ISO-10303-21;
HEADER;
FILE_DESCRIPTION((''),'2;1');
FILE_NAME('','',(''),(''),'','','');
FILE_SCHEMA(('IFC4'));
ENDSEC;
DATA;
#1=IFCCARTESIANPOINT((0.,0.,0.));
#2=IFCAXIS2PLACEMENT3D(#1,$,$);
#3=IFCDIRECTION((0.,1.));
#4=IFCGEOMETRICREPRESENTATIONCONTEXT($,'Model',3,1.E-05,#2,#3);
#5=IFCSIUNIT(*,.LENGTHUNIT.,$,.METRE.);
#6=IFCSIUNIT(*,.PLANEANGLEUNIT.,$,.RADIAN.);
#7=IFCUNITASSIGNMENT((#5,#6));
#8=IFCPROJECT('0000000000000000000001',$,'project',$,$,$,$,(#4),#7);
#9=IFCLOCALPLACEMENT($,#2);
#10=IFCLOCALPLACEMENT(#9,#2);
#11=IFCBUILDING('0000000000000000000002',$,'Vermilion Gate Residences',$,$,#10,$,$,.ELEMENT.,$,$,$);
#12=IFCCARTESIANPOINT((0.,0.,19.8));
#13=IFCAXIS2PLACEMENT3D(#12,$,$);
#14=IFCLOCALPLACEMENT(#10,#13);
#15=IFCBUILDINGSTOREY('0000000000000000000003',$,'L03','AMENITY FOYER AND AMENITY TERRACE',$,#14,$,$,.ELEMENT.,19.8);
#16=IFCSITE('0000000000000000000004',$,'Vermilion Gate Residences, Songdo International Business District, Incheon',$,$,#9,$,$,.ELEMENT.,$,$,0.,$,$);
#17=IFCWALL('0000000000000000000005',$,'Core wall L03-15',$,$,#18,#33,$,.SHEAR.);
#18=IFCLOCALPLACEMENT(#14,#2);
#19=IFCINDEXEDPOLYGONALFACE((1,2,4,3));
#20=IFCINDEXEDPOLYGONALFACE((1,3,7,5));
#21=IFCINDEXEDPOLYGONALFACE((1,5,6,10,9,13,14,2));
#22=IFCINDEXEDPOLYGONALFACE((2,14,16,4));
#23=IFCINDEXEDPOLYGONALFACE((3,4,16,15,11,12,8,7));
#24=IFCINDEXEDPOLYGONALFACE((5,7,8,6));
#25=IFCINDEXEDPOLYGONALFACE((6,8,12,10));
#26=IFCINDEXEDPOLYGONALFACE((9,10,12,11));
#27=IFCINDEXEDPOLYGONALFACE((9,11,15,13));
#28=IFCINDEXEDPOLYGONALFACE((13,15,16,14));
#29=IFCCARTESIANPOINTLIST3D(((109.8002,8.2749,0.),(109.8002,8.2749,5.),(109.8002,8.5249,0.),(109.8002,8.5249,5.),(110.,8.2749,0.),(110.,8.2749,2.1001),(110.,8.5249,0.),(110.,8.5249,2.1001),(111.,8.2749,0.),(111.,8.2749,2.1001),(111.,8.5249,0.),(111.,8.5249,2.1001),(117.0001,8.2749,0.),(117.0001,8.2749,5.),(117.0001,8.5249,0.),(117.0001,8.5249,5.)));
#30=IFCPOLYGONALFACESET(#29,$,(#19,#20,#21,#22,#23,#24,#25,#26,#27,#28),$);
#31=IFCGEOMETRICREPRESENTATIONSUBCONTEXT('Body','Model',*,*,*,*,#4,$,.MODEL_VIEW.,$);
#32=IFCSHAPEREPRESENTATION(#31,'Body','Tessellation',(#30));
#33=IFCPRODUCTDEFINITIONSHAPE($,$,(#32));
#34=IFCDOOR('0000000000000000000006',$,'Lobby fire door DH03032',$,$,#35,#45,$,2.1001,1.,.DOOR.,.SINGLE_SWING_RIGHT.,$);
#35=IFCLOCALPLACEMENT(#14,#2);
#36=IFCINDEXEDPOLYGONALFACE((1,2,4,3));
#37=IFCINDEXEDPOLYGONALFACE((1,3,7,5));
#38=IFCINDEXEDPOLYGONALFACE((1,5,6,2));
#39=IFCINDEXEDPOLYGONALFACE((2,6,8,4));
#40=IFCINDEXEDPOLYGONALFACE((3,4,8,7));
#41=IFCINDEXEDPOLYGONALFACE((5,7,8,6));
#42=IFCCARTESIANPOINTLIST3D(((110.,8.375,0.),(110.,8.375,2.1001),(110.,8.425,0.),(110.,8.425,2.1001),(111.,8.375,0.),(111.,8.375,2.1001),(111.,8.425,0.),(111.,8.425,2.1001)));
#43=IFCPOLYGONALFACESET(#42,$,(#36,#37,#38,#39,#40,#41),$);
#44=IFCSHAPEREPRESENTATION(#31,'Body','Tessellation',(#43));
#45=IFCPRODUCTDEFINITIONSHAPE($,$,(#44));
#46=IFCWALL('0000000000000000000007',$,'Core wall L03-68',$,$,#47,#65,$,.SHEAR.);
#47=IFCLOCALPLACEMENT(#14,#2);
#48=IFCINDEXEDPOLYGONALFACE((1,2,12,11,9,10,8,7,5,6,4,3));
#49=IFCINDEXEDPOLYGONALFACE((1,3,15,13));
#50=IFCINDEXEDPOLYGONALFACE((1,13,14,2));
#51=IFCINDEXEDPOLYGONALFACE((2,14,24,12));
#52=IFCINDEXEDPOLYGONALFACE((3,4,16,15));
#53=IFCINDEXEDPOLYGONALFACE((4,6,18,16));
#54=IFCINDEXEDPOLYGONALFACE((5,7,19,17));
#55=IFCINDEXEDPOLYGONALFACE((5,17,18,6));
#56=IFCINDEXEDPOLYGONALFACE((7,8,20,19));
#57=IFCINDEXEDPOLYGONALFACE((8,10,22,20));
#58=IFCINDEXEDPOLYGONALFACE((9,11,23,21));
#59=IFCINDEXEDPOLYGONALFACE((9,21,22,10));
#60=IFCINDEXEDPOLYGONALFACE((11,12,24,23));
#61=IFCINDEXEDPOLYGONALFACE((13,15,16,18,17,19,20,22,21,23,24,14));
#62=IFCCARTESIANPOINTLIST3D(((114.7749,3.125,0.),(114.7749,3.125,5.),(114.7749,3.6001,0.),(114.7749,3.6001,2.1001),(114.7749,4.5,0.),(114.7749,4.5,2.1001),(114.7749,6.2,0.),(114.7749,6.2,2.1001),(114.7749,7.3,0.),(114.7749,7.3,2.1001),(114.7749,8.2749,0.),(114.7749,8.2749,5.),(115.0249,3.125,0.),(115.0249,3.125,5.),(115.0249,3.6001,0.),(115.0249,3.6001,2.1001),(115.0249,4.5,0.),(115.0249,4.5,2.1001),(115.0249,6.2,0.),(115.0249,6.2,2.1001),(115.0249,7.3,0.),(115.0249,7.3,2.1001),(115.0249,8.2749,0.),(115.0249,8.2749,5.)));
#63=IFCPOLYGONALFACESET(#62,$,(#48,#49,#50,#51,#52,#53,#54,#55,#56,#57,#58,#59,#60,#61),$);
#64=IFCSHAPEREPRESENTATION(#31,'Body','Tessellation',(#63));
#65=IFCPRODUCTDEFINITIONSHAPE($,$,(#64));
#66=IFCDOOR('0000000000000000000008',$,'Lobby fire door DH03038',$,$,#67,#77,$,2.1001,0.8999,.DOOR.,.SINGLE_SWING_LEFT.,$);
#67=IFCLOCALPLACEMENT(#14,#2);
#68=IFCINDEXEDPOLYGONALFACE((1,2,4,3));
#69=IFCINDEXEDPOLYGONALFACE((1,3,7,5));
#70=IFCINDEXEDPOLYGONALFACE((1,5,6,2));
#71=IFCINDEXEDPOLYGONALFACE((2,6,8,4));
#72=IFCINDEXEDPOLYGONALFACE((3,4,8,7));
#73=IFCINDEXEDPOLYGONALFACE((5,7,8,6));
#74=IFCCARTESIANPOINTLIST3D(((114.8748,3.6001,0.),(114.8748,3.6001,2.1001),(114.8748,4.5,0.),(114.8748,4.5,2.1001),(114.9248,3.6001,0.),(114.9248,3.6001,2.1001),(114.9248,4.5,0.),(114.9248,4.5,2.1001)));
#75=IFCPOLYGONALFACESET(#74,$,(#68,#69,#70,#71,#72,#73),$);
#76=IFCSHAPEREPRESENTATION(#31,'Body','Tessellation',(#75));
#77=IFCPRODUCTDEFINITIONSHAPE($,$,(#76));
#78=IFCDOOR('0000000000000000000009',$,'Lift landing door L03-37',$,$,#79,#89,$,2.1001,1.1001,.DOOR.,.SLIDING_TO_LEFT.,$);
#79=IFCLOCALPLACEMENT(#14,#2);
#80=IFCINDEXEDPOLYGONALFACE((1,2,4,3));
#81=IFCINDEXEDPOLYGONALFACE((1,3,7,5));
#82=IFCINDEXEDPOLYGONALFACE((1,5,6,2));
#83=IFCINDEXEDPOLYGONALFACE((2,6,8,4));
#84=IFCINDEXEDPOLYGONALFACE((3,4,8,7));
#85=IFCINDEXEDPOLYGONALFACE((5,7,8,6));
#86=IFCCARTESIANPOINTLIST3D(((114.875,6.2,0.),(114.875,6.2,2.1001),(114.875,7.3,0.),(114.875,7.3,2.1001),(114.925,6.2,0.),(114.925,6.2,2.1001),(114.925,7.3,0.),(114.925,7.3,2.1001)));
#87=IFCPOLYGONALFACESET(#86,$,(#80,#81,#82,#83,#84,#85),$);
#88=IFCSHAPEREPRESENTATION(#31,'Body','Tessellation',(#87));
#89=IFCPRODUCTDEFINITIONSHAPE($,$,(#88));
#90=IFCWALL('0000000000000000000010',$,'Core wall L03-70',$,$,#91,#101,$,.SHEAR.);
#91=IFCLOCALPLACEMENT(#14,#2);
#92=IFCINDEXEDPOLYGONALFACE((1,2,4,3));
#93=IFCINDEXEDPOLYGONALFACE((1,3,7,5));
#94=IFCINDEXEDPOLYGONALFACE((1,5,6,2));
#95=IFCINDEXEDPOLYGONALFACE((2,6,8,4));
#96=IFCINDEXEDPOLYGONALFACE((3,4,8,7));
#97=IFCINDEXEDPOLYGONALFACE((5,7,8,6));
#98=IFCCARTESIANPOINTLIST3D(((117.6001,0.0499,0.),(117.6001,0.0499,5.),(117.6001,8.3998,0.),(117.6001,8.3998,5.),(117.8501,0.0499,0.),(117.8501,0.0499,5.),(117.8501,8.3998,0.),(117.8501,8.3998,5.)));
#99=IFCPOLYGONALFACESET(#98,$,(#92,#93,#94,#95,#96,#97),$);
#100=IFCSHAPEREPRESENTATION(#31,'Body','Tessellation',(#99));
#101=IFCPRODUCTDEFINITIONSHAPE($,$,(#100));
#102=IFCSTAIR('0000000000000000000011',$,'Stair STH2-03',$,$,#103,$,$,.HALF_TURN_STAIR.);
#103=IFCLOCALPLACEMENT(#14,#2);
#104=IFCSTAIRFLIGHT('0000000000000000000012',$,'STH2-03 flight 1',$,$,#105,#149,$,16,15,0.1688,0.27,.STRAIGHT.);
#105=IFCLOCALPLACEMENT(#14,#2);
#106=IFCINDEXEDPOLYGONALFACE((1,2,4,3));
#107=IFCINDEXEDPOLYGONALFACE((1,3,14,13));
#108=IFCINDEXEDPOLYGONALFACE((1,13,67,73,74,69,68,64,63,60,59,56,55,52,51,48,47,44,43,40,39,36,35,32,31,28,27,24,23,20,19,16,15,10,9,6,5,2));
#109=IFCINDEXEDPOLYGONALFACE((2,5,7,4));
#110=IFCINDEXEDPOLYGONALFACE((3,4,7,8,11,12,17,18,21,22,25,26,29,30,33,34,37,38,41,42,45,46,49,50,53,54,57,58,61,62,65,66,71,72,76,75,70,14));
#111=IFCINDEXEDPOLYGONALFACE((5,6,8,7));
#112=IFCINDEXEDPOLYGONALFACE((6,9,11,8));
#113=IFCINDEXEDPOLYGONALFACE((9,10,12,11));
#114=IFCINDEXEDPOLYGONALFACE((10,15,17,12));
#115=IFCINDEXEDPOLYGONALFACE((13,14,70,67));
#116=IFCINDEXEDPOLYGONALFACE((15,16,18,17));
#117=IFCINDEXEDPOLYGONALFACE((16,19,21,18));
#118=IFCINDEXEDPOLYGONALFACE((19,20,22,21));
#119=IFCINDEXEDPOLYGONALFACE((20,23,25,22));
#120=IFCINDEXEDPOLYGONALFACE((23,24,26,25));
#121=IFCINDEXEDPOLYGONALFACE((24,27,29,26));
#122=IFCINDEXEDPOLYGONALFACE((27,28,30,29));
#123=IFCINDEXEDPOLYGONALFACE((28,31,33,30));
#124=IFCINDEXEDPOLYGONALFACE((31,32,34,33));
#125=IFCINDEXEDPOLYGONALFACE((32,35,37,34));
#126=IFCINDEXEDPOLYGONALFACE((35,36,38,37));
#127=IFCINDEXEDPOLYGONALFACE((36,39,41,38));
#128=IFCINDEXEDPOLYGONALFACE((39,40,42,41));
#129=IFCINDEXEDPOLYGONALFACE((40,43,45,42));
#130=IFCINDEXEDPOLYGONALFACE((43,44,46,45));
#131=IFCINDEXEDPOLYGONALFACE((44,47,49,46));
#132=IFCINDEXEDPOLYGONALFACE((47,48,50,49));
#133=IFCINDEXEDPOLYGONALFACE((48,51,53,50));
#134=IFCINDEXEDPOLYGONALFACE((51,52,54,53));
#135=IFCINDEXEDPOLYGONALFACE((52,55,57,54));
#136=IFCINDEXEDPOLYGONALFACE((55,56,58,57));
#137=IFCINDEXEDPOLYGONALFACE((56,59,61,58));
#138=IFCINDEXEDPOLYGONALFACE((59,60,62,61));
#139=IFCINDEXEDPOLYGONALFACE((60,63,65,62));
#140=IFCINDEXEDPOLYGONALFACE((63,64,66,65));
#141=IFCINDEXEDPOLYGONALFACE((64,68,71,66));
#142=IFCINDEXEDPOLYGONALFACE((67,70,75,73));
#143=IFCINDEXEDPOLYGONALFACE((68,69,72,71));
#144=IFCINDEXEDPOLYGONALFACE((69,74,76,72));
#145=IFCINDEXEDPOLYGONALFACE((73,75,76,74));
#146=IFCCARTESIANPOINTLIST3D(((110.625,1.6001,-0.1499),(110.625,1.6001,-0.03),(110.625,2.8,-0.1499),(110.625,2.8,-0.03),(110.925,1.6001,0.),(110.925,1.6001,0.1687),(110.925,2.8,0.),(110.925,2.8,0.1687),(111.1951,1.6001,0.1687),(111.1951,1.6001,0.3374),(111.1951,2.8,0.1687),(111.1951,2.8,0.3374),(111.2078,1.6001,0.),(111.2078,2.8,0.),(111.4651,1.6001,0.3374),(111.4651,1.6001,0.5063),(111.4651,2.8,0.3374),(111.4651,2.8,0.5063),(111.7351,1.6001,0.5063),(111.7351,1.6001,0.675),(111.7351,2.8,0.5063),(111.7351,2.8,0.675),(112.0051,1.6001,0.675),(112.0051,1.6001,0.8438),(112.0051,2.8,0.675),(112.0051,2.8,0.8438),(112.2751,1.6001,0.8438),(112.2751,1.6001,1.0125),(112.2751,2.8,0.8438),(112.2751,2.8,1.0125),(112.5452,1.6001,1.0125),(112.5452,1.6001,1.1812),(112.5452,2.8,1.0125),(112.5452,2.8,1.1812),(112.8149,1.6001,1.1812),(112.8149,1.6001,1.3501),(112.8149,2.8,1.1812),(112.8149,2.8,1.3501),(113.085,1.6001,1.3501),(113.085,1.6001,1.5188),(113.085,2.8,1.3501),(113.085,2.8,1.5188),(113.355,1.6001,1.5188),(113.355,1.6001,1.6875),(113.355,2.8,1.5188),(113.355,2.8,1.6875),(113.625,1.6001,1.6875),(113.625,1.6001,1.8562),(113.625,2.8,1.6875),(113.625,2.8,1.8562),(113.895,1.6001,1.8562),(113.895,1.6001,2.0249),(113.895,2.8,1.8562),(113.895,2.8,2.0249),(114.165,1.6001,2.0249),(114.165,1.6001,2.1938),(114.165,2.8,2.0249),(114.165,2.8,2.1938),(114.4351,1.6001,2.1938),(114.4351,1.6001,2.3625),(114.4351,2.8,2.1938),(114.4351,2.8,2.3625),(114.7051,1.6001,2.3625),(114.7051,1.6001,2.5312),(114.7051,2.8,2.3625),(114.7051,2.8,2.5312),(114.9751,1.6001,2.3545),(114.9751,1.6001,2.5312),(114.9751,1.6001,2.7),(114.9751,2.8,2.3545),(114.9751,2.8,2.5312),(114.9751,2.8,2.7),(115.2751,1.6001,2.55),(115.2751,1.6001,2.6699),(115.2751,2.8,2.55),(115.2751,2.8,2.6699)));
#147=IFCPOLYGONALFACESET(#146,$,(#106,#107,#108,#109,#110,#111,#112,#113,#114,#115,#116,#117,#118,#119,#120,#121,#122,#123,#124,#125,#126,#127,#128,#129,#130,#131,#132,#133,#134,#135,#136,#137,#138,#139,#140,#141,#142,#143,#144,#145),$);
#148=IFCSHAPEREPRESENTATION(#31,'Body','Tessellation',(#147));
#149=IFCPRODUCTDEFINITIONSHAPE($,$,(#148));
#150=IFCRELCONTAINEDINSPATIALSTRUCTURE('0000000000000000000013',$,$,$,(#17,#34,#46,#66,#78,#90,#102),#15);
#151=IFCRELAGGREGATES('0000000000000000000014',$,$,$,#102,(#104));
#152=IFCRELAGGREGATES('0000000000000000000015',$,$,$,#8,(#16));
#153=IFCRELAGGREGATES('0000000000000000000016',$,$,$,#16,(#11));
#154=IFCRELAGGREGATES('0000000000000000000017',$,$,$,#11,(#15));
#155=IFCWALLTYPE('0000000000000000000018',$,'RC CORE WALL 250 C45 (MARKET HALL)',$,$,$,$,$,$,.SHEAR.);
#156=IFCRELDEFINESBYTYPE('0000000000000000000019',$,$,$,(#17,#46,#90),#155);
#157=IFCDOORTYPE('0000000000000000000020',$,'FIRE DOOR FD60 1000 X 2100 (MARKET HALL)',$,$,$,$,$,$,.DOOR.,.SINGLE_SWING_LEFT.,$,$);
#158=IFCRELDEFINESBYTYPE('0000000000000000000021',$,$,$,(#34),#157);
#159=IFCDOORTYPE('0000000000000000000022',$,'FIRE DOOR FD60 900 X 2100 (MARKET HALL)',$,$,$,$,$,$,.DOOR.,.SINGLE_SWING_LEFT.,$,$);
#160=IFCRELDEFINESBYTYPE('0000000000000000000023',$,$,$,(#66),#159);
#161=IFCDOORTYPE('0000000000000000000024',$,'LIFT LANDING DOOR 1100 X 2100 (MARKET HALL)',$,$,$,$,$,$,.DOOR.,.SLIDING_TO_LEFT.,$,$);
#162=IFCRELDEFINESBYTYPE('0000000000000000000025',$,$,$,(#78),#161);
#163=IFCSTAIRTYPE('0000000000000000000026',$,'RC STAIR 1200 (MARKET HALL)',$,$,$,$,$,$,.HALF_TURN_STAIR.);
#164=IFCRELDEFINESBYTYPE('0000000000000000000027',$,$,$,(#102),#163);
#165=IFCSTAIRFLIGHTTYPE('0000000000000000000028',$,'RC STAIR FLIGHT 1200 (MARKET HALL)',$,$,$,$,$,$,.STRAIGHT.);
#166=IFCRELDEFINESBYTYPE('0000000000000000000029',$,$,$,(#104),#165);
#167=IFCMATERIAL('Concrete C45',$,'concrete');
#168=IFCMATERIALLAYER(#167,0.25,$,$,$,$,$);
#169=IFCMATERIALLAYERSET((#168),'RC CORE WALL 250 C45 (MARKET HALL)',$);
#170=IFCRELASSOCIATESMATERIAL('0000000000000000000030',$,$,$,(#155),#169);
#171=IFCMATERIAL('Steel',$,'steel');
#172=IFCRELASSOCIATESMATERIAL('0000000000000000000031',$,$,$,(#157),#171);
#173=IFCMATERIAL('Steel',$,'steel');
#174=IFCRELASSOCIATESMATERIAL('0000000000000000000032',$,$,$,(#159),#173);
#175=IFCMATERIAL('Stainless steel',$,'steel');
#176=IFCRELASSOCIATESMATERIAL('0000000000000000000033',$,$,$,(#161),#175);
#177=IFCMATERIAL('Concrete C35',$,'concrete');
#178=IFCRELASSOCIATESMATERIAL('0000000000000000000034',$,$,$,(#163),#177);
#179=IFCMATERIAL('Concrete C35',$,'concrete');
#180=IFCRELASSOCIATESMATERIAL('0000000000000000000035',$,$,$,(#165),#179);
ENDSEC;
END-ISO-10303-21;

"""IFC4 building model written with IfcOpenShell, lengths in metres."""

from ifc_helpers import new_model, si_unit, direction, frame, frame_2d, origin, place, context, subcontext, project, spatial, polyline, rectangle, outline, extrude, material, layer, layer_set, type_object, element, fill, aggregate, save


model = new_model("IFC4")

# Units and contexts
model_context = context("Model", 3, precision=1e-05, world=origin(), true_north=direction((0.0, 1.0)))
body_context = subcontext(model_context, "Body", "Model", "MODEL_VIEW")
ifc_project = project(units=[si_unit("LENGTHUNIT", "METRE"), si_unit("PLANEANGLEUNIT", "RADIAN")], contexts=[model_context])

# Site, building, storey
site_placement = place(None, origin())
site = spatial("IfcSite", under=ifc_project, at=site_placement, Name="Vermilion Gate Residences, Songdo International Business District, Incheon", CompositionType="ELEMENT", RefElevation=0.0)
building_placement = place(site_placement, origin())
building = spatial("IfcBuilding", under=site, at=building_placement, Name="Vermilion Gate Residences", CompositionType="ELEMENT")
storey_placement = place(building_placement, frame((0.0, 0.0, 19.8)))
storey = spatial("IfcBuildingStorey", under=building, at=storey_placement, Name="L03", Description="AMENITY FOYER AND AMENITY TERRACE", CompositionType="ELEMENT", Elevation=19.8)

# Shared definitions
ifc_material_1 = material(Name="Concrete C45", Category="concrete")
ifc_layer_1 = layer(ifc_material_1, 0.25)
ifc_layer_set_1 = layer_set([ifc_layer_1], Name="RC CORE WALL 250 C45 (MARKET HALL)")
wall_type_1 = type_object("IfcWallType", Name="RC CORE WALL 250 C45 (MARKET HALL)", PredefinedType="SHEAR", material=ifc_layer_set_1)

# Wall, opening, door
wall_1_placement = place(storey_placement, frame((109.8, 8.3999, 0.0), z_axis=(0.0, 0.0, 1.0), x_axis=(1.0, 0.0, 0.0)))
wall_1 = element("IfcWall", 1, at=wall_1_placement, inside=storey, type_object=wall_type_1, Name="Core wall L03-15", PredefinedType="SHEAR", context=body_context, shape_type="SweptSolid", body=[
    extrude(rectangle(XDim=7.2, YDim=0.25, at=frame_2d((3.6001, 0.0))), origin(), (0.0, 0.0, 1.0), 5.0),
])
opening_1_placement = place(wall_1_placement, frame((0.2, 0.0, 0.0)))
opening_1 = element("IfcOpeningElement", 2, at=opening_1_placement, cuts=wall_1, PredefinedType="OPENING", context=body_context, shape_type="SweptSolid", body=[
    extrude(rectangle(XDim=1.0, YDim=2.1001, at=frame_2d((0.5, 1.05))), frame((0.0, 0.135, 0.0), z_axis=(0.0, -1.0, 0.0), x_axis=(1.0, 0.0, 0.0)), (0.0, 0.0, 1.0), 0.27),
])
ifc_material_2 = material(Name="Steel", Category="steel")
door_type_1 = type_object("IfcDoorType", Name="FIRE DOOR FD60 1000 X 2100 (MARKET HALL)", OperationType="SINGLE_SWING_LEFT", PredefinedType="DOOR", material=ifc_material_2)
door_1_placement = place(opening_1_placement, frame((1.0, 0.0, 0.0), z_axis=(0.0, 0.0, 1.0), x_axis=(-1.0, 0.0, 0.0)))
door_1 = element("IfcDoor", 3, at=door_1_placement, inside=storey, type_object=door_type_1, Name="Lobby fire door DH03032", OperationType="SINGLE_SWING_RIGHT", OverallHeight=2.1001, OverallWidth=1.0, PredefinedType="DOOR", context=body_context, shape_type="SweptSolid", body=[
    extrude(rectangle(XDim=1.0, YDim=2.1001, at=frame_2d((0.5, 1.05))), frame((0.0, 0.0249, 0.0), z_axis=(0.0, -1.0, 0.0), x_axis=(1.0, 0.0, 0.0)), (0.0, 0.0, 1.0), 0.05),
])
fill(opening_1, door_1)

# Wall, openings, doors
wall_2_placement = place(storey_placement, frame((114.8999, 3.125, 0.0), z_axis=(0.0, 0.0, 1.0), x_axis=(0.0, 1.0, 0.0)))
wall_2 = element("IfcWall", 4, at=wall_2_placement, inside=storey, type_object=wall_type_1, Name="Core wall L03-68", PredefinedType="SHEAR", context=body_context, shape_type="SweptSolid", body=[
    extrude(rectangle(XDim=5.1499, YDim=0.25, at=frame_2d((2.575, 0.0))), origin(), (0.0, 0.0, 1.0), 5.0),
])
opening_2_placement = place(wall_2_placement, frame((3.075, 0.0, 0.0)))
opening_2 = element("IfcOpeningElement", 5, at=opening_2_placement, cuts=wall_2, PredefinedType="OPENING", context=body_context, shape_type="SweptSolid", body=[
    extrude(rectangle(XDim=1.1001, YDim=2.1001, at=frame_2d((0.55, 1.05))), frame((0.0, 0.135, 0.0), z_axis=(0.0, -1.0, 0.0), x_axis=(1.0, 0.0, 0.0)), (0.0, 0.0, 1.0), 0.27),
])
opening_3_placement = place(wall_2_placement, frame((0.4751, 0.0, 0.0)))
opening_3 = element("IfcOpeningElement", 6, at=opening_3_placement, cuts=wall_2, PredefinedType="OPENING", context=body_context, shape_type="SweptSolid", body=[
    extrude(rectangle(XDim=0.8999, YDim=2.1001, at=frame_2d((0.45, 1.05))), frame((0.0, 0.135, 0.0), z_axis=(0.0, -1.0, 0.0), x_axis=(1.0, 0.0, 0.0)), (0.0, 0.0, 1.0), 0.27),
])
ifc_material_3 = material(Name="Steel", Category="steel")
door_type_2 = type_object("IfcDoorType", Name="FIRE DOOR FD60 900 X 2100 (MARKET HALL)", OperationType="SINGLE_SWING_LEFT", PredefinedType="DOOR", material=ifc_material_3)
door_2_placement = place(opening_3_placement, frame((0.8999, 0.0, 0.0), z_axis=(0.0, 0.0, 1.0), x_axis=(-1.0, 0.0, 0.0)))
door_2 = element("IfcDoor", 7, at=door_2_placement, inside=storey, type_object=door_type_2, Name="Lobby fire door DH03038", OperationType="SINGLE_SWING_LEFT", OverallHeight=2.1001, OverallWidth=0.8999, PredefinedType="DOOR", context=body_context, shape_type="SweptSolid", body=[
    extrude(rectangle(XDim=0.8999, YDim=2.1001, at=frame_2d((0.45, 1.05))), frame((0.0, 0.0249, 0.0), z_axis=(0.0, -1.0, 0.0), x_axis=(1.0, 0.0, 0.0)), (0.0, 0.0, 1.0), 0.05),
])
fill(opening_3, door_2)
ifc_material_4 = material(Name="Stainless steel", Category="steel")
door_type_3 = type_object("IfcDoorType", Name="LIFT LANDING DOOR 1100 X 2100 (MARKET HALL)", OperationType="SLIDING_TO_LEFT", PredefinedType="DOOR", material=ifc_material_4)
door_3_placement = place(opening_2_placement, origin())
door_3 = element("IfcDoor", 8, at=door_3_placement, inside=storey, type_object=door_type_3, Name="Lift landing door L03-37", OperationType="SLIDING_TO_LEFT", OverallHeight=2.1001, OverallWidth=1.1001, PredefinedType="DOOR", context=body_context, shape_type="SweptSolid", body=[
    extrude(rectangle(XDim=1.1001, YDim=2.1001, at=frame_2d((0.55, 1.05))), frame((0.0, 0.0249, 0.0), z_axis=(0.0, -1.0, 0.0), x_axis=(1.0, 0.0, 0.0)), (0.0, 0.0, 1.0), 0.05),
])
fill(opening_2, door_3)

# Wall
wall_3_placement = place(storey_placement, frame((117.7251, 0.05, 0.0), z_axis=(0.0, 0.0, 1.0), x_axis=(0.0, 1.0, 0.0)))
element("IfcWall", 9, at=wall_3_placement, inside=storey, type_object=wall_type_1, Name="Core wall L03-70", PredefinedType="SHEAR", context=body_context, shape_type="SweptSolid", body=[
    extrude(rectangle(XDim=8.3499, YDim=0.25, at=frame_2d((4.1748, 0.0))), origin(), (0.0, 0.0, 1.0), 5.0),
])

# Stair, stair flight
ifc_material_5 = material(Name="Concrete C35", Category="concrete")
stair_type = type_object("IfcStairType", Name="RC STAIR 1200 (MARKET HALL)", PredefinedType="HALF_TURN_STAIR", material=ifc_material_5)
stair_placement = place(storey_placement, origin())
stair = element("IfcStair", 10, at=stair_placement, inside=storey, type_object=stair_type, Name="Stair STH2-03", PredefinedType="HALF_TURN_STAIR")
ifc_material_6 = material(Name="Concrete C35", Category="concrete")
stair_flight_type = type_object("IfcStairFlightType", Name="RC STAIR FLIGHT 1200 (MARKET HALL)", PredefinedType="STRAIGHT", material=ifc_material_6)
stair_flight_1_placement = place(storey_placement, frame((110.925, 2.2, 0.0), z_axis=(0.0, 0.0, 1.0), x_axis=(1.0, 0.0, 0.0)))
stair_flight_1 = element("IfcStairFlight", 11, at=stair_flight_1_placement, type_object=stair_flight_type, Name="STH2-03 flight 1", NumberOfRisers=16, NumberOfTreads=15, PredefinedType="STRAIGHT", RiserHeight=0.1688, TreadLength=0.27, context=body_context, shape_type="SweptSolid", body=[
    extrude(outline(polyline([(-0.3, -0.1499), (-0.3, -0.03), (0.0, 0.0), (0.0, 0.1687), (0.27, 0.1687), (0.27, 0.3374), (0.54, 0.3374), (0.54, 0.5063), (0.8101, 0.5063), (0.8101, 0.675), (1.0801, 0.675), (1.0801, 0.8438), (1.3501, 0.8438), (1.3501, 1.0125), (1.6201, 1.0125), (1.6201, 1.1812), (1.8899, 1.1812), (1.8899, 1.3501), (2.1599, 1.3501), (2.1599, 1.5188), (2.4299, 1.5188), (2.4299, 1.6875), (2.7, 1.6875), (2.7, 1.8562), (2.97, 1.8562), (2.97, 2.0249), (3.24, 2.0249), (3.24, 2.1938), (3.51, 2.1938), (3.51, 2.3625), (3.78, 2.3625), (3.78, 2.5312), (4.05, 2.5312), (4.05, 2.7), (4.3501, 2.6699), (4.3501, 2.55), (4.05, 2.3545), (0.2827, 0.0), (-0.3, -0.1499)])), frame((0.0, 0.6001, 0.0), z_axis=(0.0, -1.0, 0.0), x_axis=(1.0, 0.0, 0.0)), (0.0, 0.0, 1.0), 1.2),
])
aggregate(stair, [stair_flight_1])

save(model, "model.ifc")
